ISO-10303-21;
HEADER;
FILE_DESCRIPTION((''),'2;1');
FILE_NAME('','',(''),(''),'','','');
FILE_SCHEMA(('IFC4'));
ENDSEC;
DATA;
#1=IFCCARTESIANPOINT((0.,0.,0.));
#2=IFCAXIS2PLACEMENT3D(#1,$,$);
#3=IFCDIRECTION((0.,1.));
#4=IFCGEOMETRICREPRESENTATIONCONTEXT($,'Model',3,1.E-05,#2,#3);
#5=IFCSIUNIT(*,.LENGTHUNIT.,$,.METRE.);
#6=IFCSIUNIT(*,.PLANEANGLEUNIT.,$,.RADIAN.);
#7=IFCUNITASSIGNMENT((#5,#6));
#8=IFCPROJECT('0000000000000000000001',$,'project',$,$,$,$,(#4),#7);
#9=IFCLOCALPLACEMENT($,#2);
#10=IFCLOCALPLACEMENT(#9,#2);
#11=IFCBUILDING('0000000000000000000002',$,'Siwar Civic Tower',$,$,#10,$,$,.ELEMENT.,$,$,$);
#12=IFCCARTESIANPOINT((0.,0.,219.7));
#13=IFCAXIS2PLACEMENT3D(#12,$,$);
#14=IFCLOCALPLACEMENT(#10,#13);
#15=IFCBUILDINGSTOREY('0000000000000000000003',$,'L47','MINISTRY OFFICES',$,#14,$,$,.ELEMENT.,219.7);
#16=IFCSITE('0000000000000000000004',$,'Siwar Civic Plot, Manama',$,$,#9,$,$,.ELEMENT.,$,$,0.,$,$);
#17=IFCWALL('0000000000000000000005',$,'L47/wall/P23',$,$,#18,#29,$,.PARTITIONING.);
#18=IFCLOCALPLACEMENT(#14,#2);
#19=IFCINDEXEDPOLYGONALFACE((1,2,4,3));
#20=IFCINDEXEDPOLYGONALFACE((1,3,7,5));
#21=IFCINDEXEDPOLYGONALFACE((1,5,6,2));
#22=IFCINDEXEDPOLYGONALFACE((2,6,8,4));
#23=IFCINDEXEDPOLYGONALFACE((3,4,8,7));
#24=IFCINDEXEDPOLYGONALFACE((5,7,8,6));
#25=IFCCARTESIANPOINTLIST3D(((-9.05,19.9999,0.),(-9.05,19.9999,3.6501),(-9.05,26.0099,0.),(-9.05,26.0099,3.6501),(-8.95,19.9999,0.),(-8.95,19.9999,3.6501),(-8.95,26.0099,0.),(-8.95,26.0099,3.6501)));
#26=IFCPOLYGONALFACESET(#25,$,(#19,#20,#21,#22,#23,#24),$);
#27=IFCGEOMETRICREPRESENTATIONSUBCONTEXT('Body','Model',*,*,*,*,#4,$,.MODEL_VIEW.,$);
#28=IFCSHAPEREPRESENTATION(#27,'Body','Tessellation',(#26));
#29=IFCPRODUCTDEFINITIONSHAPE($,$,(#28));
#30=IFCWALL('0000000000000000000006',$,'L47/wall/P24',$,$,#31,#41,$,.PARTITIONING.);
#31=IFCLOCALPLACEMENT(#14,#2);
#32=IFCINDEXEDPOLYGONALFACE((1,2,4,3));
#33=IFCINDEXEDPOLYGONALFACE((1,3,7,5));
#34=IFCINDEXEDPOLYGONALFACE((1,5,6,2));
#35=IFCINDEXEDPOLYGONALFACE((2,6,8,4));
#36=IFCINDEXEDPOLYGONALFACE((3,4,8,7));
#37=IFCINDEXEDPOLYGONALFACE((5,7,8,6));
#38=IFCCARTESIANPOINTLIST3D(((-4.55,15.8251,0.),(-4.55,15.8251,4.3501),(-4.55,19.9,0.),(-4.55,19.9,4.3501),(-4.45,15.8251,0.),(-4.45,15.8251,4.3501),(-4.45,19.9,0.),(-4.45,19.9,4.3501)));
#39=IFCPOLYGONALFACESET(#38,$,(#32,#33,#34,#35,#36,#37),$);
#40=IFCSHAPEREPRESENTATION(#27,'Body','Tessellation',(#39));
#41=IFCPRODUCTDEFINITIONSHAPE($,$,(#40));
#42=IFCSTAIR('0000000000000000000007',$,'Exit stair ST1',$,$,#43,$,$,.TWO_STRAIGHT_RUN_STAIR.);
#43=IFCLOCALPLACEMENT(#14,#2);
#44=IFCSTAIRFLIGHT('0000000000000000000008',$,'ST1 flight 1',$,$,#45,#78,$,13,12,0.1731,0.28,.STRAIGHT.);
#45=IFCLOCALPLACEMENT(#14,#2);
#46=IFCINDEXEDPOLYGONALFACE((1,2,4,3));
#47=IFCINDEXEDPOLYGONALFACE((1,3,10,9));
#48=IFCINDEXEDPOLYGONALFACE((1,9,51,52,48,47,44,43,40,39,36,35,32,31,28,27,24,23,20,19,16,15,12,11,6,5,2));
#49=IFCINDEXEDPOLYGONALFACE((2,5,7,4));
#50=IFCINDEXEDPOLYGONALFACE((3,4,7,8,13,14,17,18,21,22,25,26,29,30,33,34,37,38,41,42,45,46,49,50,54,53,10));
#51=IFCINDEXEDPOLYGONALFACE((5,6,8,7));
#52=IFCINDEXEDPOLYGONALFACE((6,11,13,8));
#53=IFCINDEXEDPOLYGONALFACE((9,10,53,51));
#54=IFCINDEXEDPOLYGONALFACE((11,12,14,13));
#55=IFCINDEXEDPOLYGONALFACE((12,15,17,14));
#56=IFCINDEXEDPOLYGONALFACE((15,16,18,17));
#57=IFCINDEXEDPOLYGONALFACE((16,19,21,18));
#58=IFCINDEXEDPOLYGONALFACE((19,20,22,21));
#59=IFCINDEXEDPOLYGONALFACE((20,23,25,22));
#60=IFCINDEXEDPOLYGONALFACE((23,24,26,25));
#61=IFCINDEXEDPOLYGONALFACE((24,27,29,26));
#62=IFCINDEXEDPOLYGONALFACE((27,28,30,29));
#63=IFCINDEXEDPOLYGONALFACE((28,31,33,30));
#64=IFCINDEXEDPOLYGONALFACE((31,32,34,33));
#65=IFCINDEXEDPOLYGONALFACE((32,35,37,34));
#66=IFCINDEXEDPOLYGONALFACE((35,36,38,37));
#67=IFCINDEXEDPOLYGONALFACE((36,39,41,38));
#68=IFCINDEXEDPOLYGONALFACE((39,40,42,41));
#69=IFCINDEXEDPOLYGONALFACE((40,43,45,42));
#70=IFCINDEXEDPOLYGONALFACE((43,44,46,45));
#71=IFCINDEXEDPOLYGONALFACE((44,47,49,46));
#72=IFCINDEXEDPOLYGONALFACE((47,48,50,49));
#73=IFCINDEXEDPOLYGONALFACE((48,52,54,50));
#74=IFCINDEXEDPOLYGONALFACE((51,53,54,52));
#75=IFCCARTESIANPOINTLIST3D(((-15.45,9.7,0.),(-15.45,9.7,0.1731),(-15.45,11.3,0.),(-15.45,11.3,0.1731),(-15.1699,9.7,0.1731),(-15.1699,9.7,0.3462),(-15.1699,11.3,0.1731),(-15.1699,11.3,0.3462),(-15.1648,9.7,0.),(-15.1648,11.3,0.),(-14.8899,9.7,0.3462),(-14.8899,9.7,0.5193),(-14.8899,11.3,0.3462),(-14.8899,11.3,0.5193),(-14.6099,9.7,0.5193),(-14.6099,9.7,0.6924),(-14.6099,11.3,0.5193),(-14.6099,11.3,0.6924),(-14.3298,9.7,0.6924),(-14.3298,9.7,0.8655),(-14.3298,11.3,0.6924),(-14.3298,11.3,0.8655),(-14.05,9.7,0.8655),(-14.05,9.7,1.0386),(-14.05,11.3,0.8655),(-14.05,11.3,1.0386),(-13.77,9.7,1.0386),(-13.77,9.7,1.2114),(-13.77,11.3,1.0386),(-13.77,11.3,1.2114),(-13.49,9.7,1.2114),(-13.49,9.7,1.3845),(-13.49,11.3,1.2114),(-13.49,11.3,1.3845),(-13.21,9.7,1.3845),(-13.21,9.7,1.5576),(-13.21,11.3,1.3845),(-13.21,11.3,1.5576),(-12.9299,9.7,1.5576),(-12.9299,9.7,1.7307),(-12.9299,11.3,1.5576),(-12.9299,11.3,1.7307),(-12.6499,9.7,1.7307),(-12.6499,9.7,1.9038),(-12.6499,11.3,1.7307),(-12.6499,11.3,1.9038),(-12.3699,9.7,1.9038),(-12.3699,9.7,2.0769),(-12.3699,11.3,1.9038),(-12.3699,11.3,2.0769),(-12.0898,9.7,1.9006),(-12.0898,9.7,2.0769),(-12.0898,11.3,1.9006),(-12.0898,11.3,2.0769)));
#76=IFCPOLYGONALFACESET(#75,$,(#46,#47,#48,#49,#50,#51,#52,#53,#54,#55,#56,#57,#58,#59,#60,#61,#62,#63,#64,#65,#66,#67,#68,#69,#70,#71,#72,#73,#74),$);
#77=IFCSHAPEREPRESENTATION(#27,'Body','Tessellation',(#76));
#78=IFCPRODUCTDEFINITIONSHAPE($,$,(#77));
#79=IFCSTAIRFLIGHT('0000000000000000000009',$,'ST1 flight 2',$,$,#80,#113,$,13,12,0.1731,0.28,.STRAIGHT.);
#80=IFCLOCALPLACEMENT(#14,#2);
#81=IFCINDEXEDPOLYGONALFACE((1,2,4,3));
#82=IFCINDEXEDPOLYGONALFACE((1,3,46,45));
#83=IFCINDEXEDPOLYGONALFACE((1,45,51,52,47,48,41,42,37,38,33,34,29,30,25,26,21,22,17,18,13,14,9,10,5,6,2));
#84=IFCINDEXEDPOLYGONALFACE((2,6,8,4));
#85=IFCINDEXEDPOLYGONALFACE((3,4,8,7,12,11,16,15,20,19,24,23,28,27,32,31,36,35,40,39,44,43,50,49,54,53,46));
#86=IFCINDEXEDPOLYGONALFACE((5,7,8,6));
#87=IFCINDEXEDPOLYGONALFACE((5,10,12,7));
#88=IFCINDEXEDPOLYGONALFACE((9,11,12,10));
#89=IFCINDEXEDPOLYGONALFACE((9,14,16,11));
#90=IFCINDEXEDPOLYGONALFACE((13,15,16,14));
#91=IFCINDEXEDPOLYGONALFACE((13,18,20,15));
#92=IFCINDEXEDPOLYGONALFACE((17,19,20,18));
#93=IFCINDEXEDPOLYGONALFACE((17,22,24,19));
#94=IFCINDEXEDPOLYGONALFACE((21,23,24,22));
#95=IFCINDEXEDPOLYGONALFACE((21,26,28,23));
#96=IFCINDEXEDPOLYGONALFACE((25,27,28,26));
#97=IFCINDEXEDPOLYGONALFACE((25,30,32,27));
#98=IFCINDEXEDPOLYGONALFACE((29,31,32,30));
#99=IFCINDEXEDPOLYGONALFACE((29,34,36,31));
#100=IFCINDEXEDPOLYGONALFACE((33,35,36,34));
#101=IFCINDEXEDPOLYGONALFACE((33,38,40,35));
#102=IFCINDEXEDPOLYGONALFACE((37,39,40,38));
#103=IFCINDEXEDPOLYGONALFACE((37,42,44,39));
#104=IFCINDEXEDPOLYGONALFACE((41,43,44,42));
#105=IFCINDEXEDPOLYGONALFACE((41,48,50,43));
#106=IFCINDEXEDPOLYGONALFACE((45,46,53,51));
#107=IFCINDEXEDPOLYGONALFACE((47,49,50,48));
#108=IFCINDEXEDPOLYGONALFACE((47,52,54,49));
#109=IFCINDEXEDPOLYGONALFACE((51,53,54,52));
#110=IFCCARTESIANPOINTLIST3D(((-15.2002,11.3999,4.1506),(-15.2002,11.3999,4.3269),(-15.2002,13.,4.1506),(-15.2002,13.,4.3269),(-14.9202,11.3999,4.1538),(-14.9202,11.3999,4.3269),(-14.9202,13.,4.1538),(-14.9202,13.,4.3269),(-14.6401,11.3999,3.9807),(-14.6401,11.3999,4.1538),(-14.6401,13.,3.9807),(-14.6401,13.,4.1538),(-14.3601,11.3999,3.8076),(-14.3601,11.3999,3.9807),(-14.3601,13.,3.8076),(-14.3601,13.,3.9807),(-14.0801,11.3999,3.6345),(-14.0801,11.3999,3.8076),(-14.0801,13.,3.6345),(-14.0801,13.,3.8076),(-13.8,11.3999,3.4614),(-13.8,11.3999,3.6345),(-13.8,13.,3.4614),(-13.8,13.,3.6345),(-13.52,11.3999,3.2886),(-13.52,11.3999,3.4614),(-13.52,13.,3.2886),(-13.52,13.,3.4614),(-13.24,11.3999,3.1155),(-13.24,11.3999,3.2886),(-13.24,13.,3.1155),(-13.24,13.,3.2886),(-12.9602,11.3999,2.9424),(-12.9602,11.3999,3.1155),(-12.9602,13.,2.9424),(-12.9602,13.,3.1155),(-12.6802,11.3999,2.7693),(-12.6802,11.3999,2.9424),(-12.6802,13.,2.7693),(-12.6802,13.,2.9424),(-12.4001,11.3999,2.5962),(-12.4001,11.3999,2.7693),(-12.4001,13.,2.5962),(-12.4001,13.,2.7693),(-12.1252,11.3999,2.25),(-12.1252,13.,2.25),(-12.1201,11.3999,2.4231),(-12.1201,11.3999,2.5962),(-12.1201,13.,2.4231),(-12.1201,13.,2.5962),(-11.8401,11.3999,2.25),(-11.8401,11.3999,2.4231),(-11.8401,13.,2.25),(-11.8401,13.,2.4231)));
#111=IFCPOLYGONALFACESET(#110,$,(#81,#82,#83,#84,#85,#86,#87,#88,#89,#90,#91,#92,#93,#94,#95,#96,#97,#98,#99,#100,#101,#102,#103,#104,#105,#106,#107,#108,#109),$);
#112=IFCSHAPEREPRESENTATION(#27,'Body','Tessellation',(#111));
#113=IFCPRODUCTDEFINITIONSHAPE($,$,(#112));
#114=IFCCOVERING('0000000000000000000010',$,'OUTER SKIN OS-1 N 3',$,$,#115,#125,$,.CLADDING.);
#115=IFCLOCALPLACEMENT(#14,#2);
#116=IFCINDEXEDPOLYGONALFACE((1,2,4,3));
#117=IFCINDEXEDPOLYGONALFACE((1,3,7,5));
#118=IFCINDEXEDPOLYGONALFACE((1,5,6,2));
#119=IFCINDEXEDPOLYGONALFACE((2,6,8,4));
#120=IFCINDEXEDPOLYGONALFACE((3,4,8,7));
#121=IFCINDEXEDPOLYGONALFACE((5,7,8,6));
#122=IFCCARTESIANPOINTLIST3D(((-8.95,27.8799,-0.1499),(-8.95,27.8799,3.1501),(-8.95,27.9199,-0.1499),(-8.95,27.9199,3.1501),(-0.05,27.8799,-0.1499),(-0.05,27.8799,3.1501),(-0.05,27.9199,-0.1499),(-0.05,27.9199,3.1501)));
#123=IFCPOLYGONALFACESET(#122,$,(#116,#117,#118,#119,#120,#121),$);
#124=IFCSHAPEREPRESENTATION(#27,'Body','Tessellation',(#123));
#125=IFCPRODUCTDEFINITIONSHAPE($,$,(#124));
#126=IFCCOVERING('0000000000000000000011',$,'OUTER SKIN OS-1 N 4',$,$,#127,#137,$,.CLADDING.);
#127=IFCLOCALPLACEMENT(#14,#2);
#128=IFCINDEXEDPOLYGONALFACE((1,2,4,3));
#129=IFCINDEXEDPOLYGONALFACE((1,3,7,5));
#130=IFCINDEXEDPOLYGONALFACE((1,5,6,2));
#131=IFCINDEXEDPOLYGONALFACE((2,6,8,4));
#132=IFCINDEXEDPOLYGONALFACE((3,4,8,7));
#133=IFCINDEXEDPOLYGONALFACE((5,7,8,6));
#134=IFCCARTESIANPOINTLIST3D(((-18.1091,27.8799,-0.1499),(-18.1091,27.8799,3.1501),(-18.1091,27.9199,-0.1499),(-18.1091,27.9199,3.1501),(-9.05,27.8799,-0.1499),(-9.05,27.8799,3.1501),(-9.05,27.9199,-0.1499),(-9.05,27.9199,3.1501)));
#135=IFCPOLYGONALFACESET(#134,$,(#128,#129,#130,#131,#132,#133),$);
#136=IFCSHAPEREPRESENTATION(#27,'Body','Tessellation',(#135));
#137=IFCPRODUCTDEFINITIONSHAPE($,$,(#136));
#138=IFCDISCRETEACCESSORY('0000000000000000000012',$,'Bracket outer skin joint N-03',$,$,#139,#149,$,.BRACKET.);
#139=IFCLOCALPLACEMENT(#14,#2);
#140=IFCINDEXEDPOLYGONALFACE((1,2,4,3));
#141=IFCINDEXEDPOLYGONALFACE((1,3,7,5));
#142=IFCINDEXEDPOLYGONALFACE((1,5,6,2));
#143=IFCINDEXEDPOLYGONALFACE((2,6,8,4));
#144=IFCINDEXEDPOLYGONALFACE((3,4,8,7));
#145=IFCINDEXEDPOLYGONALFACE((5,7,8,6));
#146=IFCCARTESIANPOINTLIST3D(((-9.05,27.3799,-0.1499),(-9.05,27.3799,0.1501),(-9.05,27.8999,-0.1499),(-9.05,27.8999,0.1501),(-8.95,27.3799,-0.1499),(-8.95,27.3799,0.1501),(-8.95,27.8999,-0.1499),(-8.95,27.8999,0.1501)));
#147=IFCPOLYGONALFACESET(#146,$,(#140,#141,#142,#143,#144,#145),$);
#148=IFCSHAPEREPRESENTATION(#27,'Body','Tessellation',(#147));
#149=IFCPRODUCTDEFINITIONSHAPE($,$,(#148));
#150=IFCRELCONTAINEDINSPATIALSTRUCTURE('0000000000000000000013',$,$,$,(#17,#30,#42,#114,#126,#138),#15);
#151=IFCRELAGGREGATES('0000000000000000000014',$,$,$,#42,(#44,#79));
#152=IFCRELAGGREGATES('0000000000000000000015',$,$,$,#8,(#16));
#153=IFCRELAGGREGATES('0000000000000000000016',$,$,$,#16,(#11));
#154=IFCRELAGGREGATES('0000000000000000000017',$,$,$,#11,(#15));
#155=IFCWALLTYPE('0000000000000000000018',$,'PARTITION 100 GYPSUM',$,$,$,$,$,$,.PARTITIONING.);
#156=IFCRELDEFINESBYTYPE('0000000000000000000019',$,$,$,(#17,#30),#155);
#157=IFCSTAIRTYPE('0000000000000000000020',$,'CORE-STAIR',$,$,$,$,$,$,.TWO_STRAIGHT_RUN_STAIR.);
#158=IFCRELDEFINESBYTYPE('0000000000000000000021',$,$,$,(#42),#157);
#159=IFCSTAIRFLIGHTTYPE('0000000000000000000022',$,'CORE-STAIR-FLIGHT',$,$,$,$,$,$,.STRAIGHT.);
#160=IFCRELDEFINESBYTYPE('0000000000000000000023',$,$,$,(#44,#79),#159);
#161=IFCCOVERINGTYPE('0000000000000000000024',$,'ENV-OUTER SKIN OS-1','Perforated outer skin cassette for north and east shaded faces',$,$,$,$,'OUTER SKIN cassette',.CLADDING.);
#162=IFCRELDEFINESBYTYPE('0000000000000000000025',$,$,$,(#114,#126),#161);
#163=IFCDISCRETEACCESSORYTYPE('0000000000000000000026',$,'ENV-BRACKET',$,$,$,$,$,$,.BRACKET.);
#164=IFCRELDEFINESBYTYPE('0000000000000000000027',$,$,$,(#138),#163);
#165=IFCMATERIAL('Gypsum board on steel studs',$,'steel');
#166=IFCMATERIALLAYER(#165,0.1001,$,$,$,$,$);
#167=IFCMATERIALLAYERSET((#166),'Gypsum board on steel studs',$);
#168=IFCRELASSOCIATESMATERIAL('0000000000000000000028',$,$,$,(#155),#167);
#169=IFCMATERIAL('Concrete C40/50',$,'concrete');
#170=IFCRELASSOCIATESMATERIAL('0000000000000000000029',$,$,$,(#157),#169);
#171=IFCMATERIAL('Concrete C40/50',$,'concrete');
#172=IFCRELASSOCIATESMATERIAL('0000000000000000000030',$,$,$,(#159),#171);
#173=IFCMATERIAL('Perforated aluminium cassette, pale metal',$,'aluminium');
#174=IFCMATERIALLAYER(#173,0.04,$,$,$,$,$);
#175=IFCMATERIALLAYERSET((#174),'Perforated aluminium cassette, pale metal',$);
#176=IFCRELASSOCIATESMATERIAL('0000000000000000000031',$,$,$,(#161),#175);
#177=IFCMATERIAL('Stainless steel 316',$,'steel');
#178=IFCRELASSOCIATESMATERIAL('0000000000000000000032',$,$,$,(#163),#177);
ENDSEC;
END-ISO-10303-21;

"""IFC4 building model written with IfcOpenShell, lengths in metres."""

from ifc_helpers import new_model, si_unit, direction, frame, frame_2d, origin, origin_2d, place, context, subcontext, project, spatial, polyline, rectangle, outline, extrude, material, layer, layer_set, type_object, element, aggregate, save


model = new_model("IFC4")

# Units and contexts
model_context = context("Model", 3, precision=1e-05, world=origin(), true_north=direction((0.0, 1.0)))
body_context = subcontext(model_context, "Body", "Model", "MODEL_VIEW")
ifc_project = project(units=[si_unit("LENGTHUNIT", "METRE"), si_unit("PLANEANGLEUNIT", "RADIAN")], contexts=[model_context])

# Site, building, storey
site_placement = place(None, origin())
site = spatial("IfcSite", under=ifc_project, at=site_placement, Name="Siwar Civic Plot, Manama", CompositionType="ELEMENT", RefElevation=0.0)
building_placement = place(site_placement, origin())
building = spatial("IfcBuilding", under=site, at=building_placement, Name="Siwar Civic Tower", CompositionType="ELEMENT")
storey_placement = place(building_placement, frame((0.0, 0.0, 219.7)))
storey = spatial("IfcBuildingStorey", under=building, at=storey_placement, Name="L47", Description="MINISTRY OFFICES", CompositionType="ELEMENT", Elevation=219.7)

# Walls
ifc_material_1 = material(Name="Gypsum board on steel studs", Category="steel")
ifc_layer_1 = layer(ifc_material_1, 0.1001)
ifc_layer_set_1 = layer_set([ifc_layer_1], Name="Gypsum board on steel studs")
wall_type_1 = type_object("IfcWallType", Name="PARTITION 100 GYPSUM", PredefinedType="PARTITIONING", material=ifc_layer_set_1)
wall_1_placement = place(storey_placement, frame((-9.0, 20.0, 0.0), z_axis=(0.0, 0.0, 1.0), x_axis=(0.0, 1.0, 0.0)))
element("IfcWall", 1, at=wall_1_placement, inside=storey, type_object=wall_type_1, Name="L47/wall/P23", PredefinedType="PARTITIONING", context=body_context, shape_type="SweptSolid", body=[
    extrude(rectangle(XDim=6.01, YDim=0.1001, at=frame_2d((3.0049, 0.0))), origin(), (0.0, 0.0, 1.0), 3.6501),
])
wall_2_placement = place(storey_placement, frame((-4.5, 15.825, 0.0), z_axis=(0.0, 0.0, 1.0), x_axis=(0.0, 1.0, 0.0)))
element("IfcWall", 2, at=wall_2_placement, inside=storey, type_object=wall_type_1, Name="L47/wall/P24", PredefinedType="PARTITIONING", context=body_context, shape_type="SweptSolid", body=[
    extrude(rectangle(XDim=4.075, YDim=0.1001, at=frame_2d((2.0376, 0.0))), origin(), (0.0, 0.0, 1.0), 4.3501),
])

# Stair, stair flights
ifc_material_2 = material(Name="Concrete C40/50", Category="concrete")
stair_type = type_object("IfcStairType", Name="CORE-STAIR", PredefinedType="TWO_STRAIGHT_RUN_STAIR", material=ifc_material_2)
stair_placement = place(storey_placement, origin())
stair = element("IfcStair", 3, at=stair_placement, inside=storey, type_object=stair_type, Name="Exit stair ST1", PredefinedType="TWO_STRAIGHT_RUN_STAIR")
ifc_material_3 = material(Name="Concrete C40/50", Category="concrete")
stair_flight_type = type_object("IfcStairFlightType", Name="CORE-STAIR-FLIGHT", PredefinedType="STRAIGHT", material=ifc_material_3)
stair_flight_1_placement = place(storey_placement, frame((-15.45, 10.5, 0.0), z_axis=(0.0, 0.0, 1.0), x_axis=(1.0, 0.0, 0.0)))
stair_flight_1 = element("IfcStairFlight", 4, at=stair_flight_1_placement, type_object=stair_flight_type, Name="ST1 flight 1", NumberOfRisers=13, NumberOfTreads=12, PredefinedType="STRAIGHT", RiserHeight=0.1731, TreadLength=0.28, context=body_context, shape_type="SweptSolid", body=[
    extrude(outline(polyline([(0.0, 0.0), (0.0, 0.1731), (0.28, 0.1731), (0.28, 0.3462), (0.5601, 0.3462), (0.5601, 0.5193), (0.8401, 0.5193), (0.8401, 0.6924), (1.1201, 0.6924), (1.1201, 0.8655), (1.3999, 0.8655), (1.3999, 1.0386), (1.6799, 1.0386), (1.6799, 1.2114), (1.96, 1.2114), (1.96, 1.3845), (2.24, 1.3845), (2.24, 1.5576), (2.52, 1.5576), (2.52, 1.7307), (2.8, 1.7307), (2.8, 1.9038), (3.0801, 1.9038), (3.0801, 2.0769), (3.3601, 2.0769), (3.3601, 2.25), (3.3601, 1.9006), (0.2852, 0.0), (0.0, 0.0)])), frame((0.0, 0.8, 0.0), z_axis=(0.0, -1.0, 0.0), x_axis=(1.0, 0.0, 0.0)), (0.0, 0.0, 1.0), 1.6001),
])
stair_flight_2_placement = place(storey_placement, frame((-11.8401, 12.2, 2.25), z_axis=(0.0, 0.0, 1.0), x_axis=(-1.0, 0.0, 0.0)))
stair_flight_2 = element("IfcStairFlight", 5, at=stair_flight_2_placement, type_object=stair_flight_type, Name="ST1 flight 2", NumberOfRisers=13, NumberOfTreads=12, PredefinedType="STRAIGHT", RiserHeight=0.1731, TreadLength=0.28, context=body_context, shape_type="SweptSolid", body=[
    extrude(outline(polyline([(0.0, 0.0), (0.0, 0.1731), (0.28, 0.1731), (0.28, 0.3462), (0.5601, 0.3462), (0.5601, 0.5193), (0.8401, 0.5193), (0.8401, 0.6924), (1.1201, 0.6924), (1.1201, 0.8655), (1.3999, 0.8655), (1.3999, 1.0386), (1.6799, 1.0386), (1.6799, 1.2114), (1.96, 1.2114), (1.96, 1.3845), (2.24, 1.3845), (2.24, 1.5576), (2.52, 1.5576), (2.52, 1.7307), (2.8, 1.7307), (2.8, 1.9038), (3.0801, 1.9038), (3.0801, 2.0769), (3.3601, 2.0769), (3.3601, 2.25), (3.3601, 1.9006), (0.2852, 0.0), (0.0, 0.0)])), frame((0.0, 0.8, 0.0), z_axis=(0.0, -1.0, 0.0), x_axis=(1.0, 0.0, 0.0)), (0.0, 0.0, 1.0), 1.6001),
])
aggregate(stair, [stair_flight_1, stair_flight_2])

# Coverings
ifc_material_4 = material(Name="Perforated aluminium cassette, pale metal", Category="aluminium")
ifc_layer_2 = layer(ifc_material_4, 0.04)
ifc_layer_set_2 = layer_set([ifc_layer_2], Name="Perforated aluminium cassette, pale metal")
covering_type = type_object("IfcCoveringType", Name="ENV-OUTER SKIN OS-1", Description="Perforated outer skin cassette for north and east shaded faces", ElementType="OUTER SKIN cassette", PredefinedType="CLADDING", material=ifc_layer_set_2)
covering_1_placement = place(storey_placement, frame((-4.5, 27.8999, -0.1499), z_axis=(0.0, 0.0, 1.0), x_axis=(-1.0, 0.0, 0.0)))
element("IfcCovering", 6, at=covering_1_placement, inside=storey, type_object=covering_type, Name="OUTER SKIN OS-1 N 3", PredefinedType="CLADDING", context=body_context, shape_type="SweptSolid", body=[
    extrude(rectangle(XDim=8.8999, YDim=0.04, at=origin_2d()), origin(), (0.0, 0.0, 1.0), 3.3),
])
covering_2_placement = place(storey_placement, frame((-13.5796, 27.8999, -0.1499), z_axis=(0.0, 0.0, 1.0), x_axis=(-1.0, 0.0, 0.0)))
element("IfcCovering", 7, at=covering_2_placement, inside=storey, type_object=covering_type, Name="OUTER SKIN OS-1 N 4", PredefinedType="CLADDING", context=body_context, shape_type="SweptSolid", body=[
    extrude(rectangle(XDim=9.0591, YDim=0.04, at=origin_2d()), origin(), (0.0, 0.0, 1.0), 3.3),
])

# Discrete accessory
ifc_material_5 = material(Name="Stainless steel 316", Category="steel")
discrete_accessory_type = type_object("IfcDiscreteAccessoryType", Name="ENV-BRACKET", PredefinedType="BRACKET", material=ifc_material_5)
discrete_accessory_placement = place(storey_placement, frame((-9.0, 27.6399, -0.1499), z_axis=(0.0, 0.0, 1.0), x_axis=(0.0, 1.0, 0.0)))
element("IfcDiscreteAccessory", 8, at=discrete_accessory_placement, inside=storey, type_object=discrete_accessory_type, Name="Bracket outer skin joint N-03", PredefinedType="BRACKET", context=body_context, shape_type="SweptSolid", body=[
    extrude(rectangle(XDim=0.52, YDim=0.1001, at=origin_2d()), origin(), (0.0, 0.0, 1.0), 0.3),
])

save(model, "model.ifc")
